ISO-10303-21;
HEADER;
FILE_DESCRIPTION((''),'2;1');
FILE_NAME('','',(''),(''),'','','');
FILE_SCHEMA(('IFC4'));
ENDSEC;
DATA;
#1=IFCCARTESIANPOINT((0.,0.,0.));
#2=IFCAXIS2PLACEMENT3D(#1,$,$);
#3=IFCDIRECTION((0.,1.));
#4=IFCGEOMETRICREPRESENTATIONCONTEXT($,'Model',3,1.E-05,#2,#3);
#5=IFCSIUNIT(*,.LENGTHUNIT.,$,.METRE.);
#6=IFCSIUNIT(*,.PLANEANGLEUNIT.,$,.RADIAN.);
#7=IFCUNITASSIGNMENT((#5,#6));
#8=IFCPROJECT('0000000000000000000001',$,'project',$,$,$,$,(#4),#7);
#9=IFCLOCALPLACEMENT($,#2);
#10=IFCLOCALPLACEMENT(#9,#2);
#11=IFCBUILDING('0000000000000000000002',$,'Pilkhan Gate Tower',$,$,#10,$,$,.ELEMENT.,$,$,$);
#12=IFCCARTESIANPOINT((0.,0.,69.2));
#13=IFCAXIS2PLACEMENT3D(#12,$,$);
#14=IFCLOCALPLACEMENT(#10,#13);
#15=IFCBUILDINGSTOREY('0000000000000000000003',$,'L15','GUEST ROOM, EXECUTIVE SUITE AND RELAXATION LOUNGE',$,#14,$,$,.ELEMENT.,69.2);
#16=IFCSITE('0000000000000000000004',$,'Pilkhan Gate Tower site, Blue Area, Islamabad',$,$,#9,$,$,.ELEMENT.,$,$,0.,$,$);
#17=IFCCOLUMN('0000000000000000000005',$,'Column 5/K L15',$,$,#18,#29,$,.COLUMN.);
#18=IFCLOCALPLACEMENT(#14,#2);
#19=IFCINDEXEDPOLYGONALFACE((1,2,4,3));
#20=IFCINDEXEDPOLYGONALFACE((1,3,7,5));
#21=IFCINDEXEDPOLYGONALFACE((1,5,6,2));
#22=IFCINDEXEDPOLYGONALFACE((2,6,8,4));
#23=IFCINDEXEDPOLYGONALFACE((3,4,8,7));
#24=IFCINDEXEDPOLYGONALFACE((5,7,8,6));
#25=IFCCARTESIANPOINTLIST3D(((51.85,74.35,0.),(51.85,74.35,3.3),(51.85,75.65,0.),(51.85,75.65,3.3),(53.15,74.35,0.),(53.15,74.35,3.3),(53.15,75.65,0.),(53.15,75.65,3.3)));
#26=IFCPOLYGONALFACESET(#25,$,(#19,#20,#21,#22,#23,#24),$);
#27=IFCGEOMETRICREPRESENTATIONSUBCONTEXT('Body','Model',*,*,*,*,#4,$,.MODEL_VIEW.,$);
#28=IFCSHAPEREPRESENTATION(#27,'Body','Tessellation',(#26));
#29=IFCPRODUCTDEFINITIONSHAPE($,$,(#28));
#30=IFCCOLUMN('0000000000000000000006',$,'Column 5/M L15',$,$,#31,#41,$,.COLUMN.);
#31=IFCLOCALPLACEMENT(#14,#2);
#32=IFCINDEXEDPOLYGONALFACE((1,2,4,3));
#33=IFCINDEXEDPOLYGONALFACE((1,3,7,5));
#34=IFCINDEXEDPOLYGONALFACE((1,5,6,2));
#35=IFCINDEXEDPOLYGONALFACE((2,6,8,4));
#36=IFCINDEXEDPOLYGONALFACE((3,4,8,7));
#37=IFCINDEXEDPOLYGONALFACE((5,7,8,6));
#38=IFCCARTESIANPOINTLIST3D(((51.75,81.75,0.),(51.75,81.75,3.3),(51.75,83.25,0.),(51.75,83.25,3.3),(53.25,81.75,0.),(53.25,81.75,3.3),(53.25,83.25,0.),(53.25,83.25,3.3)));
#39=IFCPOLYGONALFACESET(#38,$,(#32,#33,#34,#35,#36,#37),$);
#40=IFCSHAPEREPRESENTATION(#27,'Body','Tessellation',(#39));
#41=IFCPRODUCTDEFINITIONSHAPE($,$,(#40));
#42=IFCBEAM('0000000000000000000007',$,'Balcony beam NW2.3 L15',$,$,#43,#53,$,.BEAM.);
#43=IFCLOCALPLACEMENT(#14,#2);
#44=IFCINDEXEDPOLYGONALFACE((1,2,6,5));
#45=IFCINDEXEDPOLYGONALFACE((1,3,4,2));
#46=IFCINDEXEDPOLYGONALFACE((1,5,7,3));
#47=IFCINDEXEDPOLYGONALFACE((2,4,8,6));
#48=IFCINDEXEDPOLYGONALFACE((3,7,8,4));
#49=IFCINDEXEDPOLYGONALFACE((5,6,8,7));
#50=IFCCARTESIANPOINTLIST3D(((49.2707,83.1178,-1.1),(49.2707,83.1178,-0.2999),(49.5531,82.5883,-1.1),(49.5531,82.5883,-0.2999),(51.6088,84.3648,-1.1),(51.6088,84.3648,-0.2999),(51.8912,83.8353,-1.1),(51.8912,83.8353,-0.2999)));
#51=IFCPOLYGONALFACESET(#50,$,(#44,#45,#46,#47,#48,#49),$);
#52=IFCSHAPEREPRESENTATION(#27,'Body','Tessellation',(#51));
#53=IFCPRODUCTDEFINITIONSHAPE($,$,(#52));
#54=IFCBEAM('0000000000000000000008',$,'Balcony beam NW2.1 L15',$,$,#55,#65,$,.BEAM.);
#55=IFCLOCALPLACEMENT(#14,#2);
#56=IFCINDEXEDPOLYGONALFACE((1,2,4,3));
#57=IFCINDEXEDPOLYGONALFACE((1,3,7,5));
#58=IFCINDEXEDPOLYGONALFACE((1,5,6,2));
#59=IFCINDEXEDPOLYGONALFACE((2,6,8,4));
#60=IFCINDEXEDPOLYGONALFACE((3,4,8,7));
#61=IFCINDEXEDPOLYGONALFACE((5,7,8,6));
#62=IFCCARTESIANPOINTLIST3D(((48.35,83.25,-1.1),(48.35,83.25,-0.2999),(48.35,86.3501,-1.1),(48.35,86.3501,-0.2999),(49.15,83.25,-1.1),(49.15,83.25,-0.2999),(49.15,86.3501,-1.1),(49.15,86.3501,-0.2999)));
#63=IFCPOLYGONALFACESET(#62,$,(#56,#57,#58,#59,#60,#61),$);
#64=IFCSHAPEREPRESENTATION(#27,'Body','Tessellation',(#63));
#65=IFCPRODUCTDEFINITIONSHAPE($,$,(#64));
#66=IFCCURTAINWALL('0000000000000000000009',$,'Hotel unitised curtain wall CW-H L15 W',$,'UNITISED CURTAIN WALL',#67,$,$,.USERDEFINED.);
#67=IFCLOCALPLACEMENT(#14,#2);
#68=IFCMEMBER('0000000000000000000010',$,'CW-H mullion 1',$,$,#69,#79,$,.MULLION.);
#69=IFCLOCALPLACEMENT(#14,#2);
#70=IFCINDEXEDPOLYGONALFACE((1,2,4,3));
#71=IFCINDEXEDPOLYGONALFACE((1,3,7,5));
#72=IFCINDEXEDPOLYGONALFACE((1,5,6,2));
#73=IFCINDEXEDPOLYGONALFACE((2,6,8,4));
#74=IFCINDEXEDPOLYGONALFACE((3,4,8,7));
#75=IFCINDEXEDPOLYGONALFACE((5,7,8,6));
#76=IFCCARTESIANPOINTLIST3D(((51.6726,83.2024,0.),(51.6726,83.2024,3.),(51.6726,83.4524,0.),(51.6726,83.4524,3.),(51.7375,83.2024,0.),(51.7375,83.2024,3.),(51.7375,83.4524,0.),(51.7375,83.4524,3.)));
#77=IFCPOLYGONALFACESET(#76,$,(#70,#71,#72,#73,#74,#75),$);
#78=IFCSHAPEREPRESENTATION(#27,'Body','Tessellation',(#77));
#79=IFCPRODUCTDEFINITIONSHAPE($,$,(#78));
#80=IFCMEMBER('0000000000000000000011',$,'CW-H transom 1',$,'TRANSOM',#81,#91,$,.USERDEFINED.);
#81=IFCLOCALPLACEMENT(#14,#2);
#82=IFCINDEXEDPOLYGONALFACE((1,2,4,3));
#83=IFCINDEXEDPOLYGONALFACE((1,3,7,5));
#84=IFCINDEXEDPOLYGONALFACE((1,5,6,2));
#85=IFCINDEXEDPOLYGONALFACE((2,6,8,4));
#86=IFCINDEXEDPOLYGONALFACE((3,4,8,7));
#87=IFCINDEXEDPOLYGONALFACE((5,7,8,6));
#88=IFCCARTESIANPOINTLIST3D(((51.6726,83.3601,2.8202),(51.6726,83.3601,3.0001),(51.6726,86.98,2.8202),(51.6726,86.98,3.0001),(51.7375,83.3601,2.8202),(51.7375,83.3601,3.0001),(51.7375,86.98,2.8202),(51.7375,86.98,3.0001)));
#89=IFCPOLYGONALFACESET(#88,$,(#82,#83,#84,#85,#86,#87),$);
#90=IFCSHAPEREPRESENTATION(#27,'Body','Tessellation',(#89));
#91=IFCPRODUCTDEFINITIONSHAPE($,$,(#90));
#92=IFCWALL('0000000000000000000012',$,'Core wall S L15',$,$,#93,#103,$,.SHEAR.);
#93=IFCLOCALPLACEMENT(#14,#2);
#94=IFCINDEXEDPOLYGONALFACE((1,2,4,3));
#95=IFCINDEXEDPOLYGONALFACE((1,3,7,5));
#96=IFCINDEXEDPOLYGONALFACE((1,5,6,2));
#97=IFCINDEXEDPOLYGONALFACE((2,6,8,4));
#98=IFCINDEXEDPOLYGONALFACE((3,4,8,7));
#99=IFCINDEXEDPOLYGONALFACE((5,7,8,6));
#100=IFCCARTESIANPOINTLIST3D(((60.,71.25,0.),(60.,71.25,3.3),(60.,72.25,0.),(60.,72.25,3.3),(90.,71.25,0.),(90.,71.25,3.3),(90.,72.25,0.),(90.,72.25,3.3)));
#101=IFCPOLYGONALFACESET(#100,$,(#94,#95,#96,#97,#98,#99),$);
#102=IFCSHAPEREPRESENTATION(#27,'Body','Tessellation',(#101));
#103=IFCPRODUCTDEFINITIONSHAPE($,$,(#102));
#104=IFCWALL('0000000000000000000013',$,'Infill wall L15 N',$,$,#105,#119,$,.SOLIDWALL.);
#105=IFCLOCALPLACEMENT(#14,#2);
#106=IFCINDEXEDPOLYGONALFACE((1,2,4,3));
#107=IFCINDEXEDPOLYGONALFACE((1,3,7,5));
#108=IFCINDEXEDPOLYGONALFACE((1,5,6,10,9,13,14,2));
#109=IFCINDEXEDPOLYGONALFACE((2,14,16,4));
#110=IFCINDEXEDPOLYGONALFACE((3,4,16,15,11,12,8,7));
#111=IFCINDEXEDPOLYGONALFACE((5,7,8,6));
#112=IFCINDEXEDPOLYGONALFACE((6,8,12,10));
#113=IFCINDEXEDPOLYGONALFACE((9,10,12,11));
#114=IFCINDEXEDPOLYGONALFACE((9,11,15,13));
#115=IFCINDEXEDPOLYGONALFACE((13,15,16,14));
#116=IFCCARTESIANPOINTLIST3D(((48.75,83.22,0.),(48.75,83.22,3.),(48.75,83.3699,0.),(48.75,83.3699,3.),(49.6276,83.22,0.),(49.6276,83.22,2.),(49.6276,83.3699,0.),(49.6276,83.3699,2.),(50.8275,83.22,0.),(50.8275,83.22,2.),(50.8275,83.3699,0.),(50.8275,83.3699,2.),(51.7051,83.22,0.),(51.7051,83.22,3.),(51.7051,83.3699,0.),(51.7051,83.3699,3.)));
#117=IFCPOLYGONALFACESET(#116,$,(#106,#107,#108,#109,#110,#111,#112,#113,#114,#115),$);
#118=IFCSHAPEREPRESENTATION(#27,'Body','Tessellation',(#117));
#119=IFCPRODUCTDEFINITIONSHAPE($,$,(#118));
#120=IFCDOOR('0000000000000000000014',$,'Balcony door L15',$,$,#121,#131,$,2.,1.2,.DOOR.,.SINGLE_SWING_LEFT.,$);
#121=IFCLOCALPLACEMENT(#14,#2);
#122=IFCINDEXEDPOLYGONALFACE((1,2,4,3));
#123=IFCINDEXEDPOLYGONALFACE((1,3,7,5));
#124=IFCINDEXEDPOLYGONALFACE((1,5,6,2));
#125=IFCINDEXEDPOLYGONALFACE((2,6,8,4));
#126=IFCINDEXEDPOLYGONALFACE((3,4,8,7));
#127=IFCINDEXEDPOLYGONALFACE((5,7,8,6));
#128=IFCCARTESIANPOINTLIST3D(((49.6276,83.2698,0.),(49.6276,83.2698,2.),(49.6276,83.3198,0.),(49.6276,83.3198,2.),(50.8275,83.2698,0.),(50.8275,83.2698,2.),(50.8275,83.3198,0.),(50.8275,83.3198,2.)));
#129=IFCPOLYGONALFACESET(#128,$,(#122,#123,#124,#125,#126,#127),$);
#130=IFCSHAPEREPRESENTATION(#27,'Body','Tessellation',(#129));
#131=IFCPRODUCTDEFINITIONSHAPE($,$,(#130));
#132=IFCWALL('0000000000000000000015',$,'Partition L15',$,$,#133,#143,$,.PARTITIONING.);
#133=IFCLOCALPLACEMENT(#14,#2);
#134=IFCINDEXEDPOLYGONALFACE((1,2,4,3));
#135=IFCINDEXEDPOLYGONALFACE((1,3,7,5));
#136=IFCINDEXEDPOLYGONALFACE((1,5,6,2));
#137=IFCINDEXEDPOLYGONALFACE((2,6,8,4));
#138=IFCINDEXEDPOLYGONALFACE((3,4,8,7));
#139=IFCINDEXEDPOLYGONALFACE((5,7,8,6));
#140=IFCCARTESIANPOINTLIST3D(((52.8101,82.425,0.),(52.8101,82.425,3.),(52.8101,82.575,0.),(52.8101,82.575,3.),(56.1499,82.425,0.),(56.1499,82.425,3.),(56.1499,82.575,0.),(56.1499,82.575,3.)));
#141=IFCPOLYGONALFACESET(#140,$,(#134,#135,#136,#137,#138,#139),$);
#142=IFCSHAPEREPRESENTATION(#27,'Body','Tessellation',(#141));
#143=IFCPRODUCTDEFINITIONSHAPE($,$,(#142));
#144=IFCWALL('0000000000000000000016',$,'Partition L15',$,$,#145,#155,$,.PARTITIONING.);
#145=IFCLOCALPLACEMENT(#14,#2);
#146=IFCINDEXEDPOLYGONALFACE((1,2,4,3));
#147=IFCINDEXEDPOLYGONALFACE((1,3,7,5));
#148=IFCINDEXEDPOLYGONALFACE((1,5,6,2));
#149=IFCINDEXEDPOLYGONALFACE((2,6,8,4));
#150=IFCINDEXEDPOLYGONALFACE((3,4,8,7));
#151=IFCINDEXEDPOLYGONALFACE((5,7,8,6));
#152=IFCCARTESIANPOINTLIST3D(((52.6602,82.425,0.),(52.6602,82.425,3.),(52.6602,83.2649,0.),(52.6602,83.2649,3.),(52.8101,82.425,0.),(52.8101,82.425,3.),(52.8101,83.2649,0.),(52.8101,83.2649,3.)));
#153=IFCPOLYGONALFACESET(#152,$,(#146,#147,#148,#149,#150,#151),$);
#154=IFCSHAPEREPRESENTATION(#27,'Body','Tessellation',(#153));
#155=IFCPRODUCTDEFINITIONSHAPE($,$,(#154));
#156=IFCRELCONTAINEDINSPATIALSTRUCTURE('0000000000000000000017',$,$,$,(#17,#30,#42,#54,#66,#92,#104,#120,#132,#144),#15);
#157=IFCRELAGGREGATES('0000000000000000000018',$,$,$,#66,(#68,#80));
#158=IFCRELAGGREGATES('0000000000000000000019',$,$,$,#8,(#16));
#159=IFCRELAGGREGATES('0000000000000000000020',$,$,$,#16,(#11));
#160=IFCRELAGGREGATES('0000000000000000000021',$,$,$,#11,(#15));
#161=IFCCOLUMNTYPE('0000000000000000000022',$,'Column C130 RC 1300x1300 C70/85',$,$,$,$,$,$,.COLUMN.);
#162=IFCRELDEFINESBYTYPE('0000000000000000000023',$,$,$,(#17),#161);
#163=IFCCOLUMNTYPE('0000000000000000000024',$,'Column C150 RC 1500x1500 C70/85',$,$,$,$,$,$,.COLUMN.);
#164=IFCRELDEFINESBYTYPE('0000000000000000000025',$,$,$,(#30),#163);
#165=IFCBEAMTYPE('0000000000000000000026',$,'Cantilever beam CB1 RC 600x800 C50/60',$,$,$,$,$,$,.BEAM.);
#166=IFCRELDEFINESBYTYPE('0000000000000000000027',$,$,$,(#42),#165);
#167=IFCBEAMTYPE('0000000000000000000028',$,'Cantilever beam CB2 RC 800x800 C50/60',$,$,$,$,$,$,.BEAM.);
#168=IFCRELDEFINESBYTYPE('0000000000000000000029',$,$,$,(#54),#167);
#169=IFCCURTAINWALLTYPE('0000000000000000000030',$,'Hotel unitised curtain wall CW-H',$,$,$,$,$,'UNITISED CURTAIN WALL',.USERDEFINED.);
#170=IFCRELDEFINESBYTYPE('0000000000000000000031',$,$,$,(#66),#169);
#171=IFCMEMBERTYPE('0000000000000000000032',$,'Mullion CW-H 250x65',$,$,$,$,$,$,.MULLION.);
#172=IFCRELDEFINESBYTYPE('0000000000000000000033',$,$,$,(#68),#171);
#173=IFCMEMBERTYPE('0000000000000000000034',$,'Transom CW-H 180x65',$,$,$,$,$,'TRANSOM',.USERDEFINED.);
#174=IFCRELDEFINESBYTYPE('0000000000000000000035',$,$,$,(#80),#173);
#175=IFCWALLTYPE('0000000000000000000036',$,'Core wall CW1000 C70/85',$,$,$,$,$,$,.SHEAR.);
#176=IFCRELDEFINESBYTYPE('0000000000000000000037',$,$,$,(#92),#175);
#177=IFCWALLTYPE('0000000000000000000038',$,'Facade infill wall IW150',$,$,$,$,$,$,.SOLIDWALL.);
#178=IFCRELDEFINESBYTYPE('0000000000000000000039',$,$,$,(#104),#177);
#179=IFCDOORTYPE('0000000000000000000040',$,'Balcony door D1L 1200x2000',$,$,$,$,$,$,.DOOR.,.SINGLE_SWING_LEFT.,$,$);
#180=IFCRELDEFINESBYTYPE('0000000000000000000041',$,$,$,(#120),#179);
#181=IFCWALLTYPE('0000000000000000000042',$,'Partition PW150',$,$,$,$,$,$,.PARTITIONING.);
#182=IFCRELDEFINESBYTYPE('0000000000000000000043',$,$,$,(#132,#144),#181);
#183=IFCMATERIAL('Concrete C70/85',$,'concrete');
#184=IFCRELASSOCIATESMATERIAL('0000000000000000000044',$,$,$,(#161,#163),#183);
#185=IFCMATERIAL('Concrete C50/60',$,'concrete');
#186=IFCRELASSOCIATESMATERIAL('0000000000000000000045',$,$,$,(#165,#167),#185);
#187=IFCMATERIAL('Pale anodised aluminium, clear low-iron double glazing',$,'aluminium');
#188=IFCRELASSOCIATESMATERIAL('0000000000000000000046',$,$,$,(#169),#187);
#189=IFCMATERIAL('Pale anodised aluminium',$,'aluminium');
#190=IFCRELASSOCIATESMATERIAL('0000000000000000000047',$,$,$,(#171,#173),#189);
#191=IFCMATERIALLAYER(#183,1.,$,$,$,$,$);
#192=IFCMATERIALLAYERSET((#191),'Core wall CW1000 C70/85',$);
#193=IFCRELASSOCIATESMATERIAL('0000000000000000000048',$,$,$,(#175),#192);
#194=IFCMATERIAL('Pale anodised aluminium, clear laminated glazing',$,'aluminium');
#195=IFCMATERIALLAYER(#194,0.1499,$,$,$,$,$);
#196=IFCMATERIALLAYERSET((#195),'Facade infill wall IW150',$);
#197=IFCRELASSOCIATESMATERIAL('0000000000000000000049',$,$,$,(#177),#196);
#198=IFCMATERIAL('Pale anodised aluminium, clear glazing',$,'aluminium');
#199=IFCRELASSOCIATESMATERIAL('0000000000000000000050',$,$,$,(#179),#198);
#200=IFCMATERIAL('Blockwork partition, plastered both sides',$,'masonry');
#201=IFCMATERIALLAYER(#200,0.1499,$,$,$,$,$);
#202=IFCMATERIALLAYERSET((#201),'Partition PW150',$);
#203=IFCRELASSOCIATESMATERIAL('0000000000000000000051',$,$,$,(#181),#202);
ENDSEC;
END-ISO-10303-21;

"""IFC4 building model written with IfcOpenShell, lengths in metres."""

from ifc_helpers import new_model, si_unit, direction, frame, frame_2d, origin, origin_2d, place, context, subcontext, project, spatial, rectangle, extrude, material, layer, layer_set, material_profile, profile_set, type_object, element, fill, aggregate, save


model = new_model("IFC4")

# Units and contexts
model_context = context("Model", 3, precision=1e-05, world=origin(), true_north=direction((0.0, 1.0)))
body_context = subcontext(model_context, "Body", "Model", "MODEL_VIEW")
ifc_project = project(units=[si_unit("LENGTHUNIT", "METRE"), si_unit("PLANEANGLEUNIT", "RADIAN")], contexts=[model_context])

# Site, building, storey
site_placement = place(None, origin())
site = spatial("IfcSite", under=ifc_project, at=site_placement, Name="Pilkhan Gate Tower site, Blue Area, Islamabad", CompositionType="ELEMENT", RefElevation=0.0)
building_placement = place(site_placement, origin())
building = spatial("IfcBuilding", under=site, at=building_placement, Name="Pilkhan Gate Tower", CompositionType="ELEMENT")
storey_placement = place(building_placement, frame((0.0, 0.0, 69.2)))
storey = spatial("IfcBuildingStorey", under=building, at=storey_placement, Name="L15", Description="GUEST ROOM, EXECUTIVE SUITE AND RELAXATION LOUNGE", CompositionType="ELEMENT", Elevation=69.2)

# Columns
ifc_material_1 = material(Name="Concrete C70/85", Category="concrete")
ifc_material_profile_1 = material_profile(ifc_material_1, rectangle(XDim=1.3, YDim=1.3, at=origin_2d()), Name="RC 1300x1300")
ifc_profile_set_1 = profile_set([ifc_material_profile_1], Name="Concrete C70/85")
column_type_1 = type_object("IfcColumnType", Name="Column C130 RC 1300x1300 C70/85", PredefinedType="COLUMN", material=ifc_profile_set_1)
column_1_placement = place(storey_placement, frame((52.5, 75.0, 0.0), z_axis=(0.0, 0.0, 1.0), x_axis=(1.0, 0.0, 0.0)))
element("IfcColumn", 1, at=column_1_placement, inside=storey, type_object=column_type_1, Name="Column 5/K L15", PredefinedType="COLUMN", context=body_context, shape_type="SweptSolid", body=[
    extrude(rectangle(XDim=1.3, YDim=1.3, at=origin_2d()), origin(), (0.0, 0.0, 1.0), 3.3),
])
ifc_material_profile_2 = material_profile(ifc_material_1, rectangle(XDim=1.5, YDim=1.5, at=origin_2d()), Name="RC 1500x1500")
ifc_profile_set_2 = profile_set([ifc_material_profile_2], Name="Concrete C70/85")
column_type_2 = type_object("IfcColumnType", Name="Column C150 RC 1500x1500 C70/85", PredefinedType="COLUMN", material=ifc_profile_set_2)
column_2_placement = place(storey_placement, frame((52.5, 82.5, 0.0), z_axis=(0.0, 0.0, 1.0), x_axis=(1.0, 0.0, 0.0)))
element("IfcColumn", 2, at=column_2_placement, inside=storey, type_object=column_type_2, Name="Column 5/M L15", PredefinedType="COLUMN", context=body_context, shape_type="SweptSolid", body=[
    extrude(rectangle(XDim=1.5, YDim=1.5, at=origin_2d()), origin(), (0.0, 0.0, 1.0), 3.3),
])

# Beams
ifc_material_2 = material(Name="Concrete C50/60", Category="concrete")
ifc_material_profile_3 = material_profile(ifc_material_2, rectangle(XDim=0.6001, YDim=0.8, at=origin_2d()), Name="RC 600x800")
ifc_profile_set_3 = profile_set([ifc_material_profile_3], Name="Concrete C50/60")
beam_type_1 = type_object("IfcBeamType", Name="Cantilever beam CB1 RC 600x800 C50/60", PredefinedType="BEAM", material=ifc_profile_set_3)
beam_1_placement = place(storey_placement, frame((49.4119, 82.853, -0.7), z_axis=(0.882343, 0.470607, 0.0), x_axis=(-0.470607, 0.882343, 0.0)))
element("IfcBeam", 3, at=beam_1_placement, inside=storey, type_object=beam_type_1, Name="Balcony beam NW2.3 L15", PredefinedType="BEAM", context=body_context, shape_type="SweptSolid", body=[
    extrude(rectangle(XDim=0.6001, YDim=0.8, at=origin_2d()), origin(), (0.0, 0.0, 1.0), 2.6499),
])
ifc_material_profile_4 = material_profile(ifc_material_2, rectangle(XDim=0.8, YDim=0.8, at=origin_2d()), Name="RC 800x800")
ifc_profile_set_4 = profile_set([ifc_material_profile_4], Name="Concrete C50/60")
beam_type_2 = type_object("IfcBeamType", Name="Cantilever beam CB2 RC 800x800 C50/60", PredefinedType="BEAM", material=ifc_profile_set_4)
beam_2_placement = place(storey_placement, frame((48.75, 83.25, -0.7), z_axis=(0.0, 1.0, 0.0), x_axis=(-1.0, 0.0, 0.0)))
element("IfcBeam", 4, at=beam_2_placement, inside=storey, type_object=beam_type_2, Name="Balcony beam NW2.1 L15", PredefinedType="BEAM", context=body_context, shape_type="SweptSolid", body=[
    extrude(rectangle(XDim=0.8, YDim=0.8, at=origin_2d()), origin(), (0.0, 0.0, 1.0), 3.1001),
])

# Curtain wall, members
ifc_material_3 = material(Name="Pale anodised aluminium, clear low-iron double glazing", Category="aluminium")
curtain_wall_type = type_object("IfcCurtainWallType", Name="Hotel unitised curtain wall CW-H", ElementType="UNITISED CURTAIN WALL", PredefinedType="USERDEFINED", material=ifc_material_3)
curtain_wall_placement = place(storey_placement, origin())
curtain_wall = element("IfcCurtainWall", 5, at=curtain_wall_placement, inside=storey, type_object=curtain_wall_type, Name="Hotel unitised curtain wall CW-H L15 W", ObjectType="UNITISED CURTAIN WALL", PredefinedType="USERDEFINED")
ifc_material_4 = material(Name="Pale anodised aluminium", Category="aluminium")
ifc_material_profile_5 = material_profile(ifc_material_4, rectangle(XDim=0.0649, YDim=0.25, at=origin_2d()), Name="Mullion 250x65")
ifc_profile_set_5 = profile_set([ifc_material_profile_5], Name="Pale anodised aluminium")
member_type_1 = type_object("IfcMemberType", Name="Mullion CW-H 250x65", PredefinedType="MULLION", material=ifc_profile_set_5)
member_1_placement = place(storey_placement, frame((51.7051, 83.3274, 0.0), z_axis=(0.0, 0.0, 1.0), x_axis=(-1.0, 0.0, 0.0)))
member_1 = element("IfcMember", 6, at=member_1_placement, type_object=member_type_1, Name="CW-H mullion 1", PredefinedType="MULLION", context=body_context, shape_type="SweptSolid", body=[
    extrude(rectangle(XDim=0.0649, YDim=0.25, at=origin_2d()), origin(), (0.0, 0.0, 1.0), 3.0),
])
ifc_material_profile_6 = material_profile(ifc_material_4, rectangle(XDim=0.0649, YDim=0.1799, at=origin_2d()), Name="Transom 180x65")
ifc_profile_set_6 = profile_set([ifc_material_profile_6], Name="Pale anodised aluminium")
member_type_2 = type_object("IfcMemberType", Name="Transom CW-H 180x65", ElementType="TRANSOM", PredefinedType="USERDEFINED", material=ifc_profile_set_6)
member_2_placement = place(storey_placement, frame((51.7051, 83.3601, 2.9102), z_axis=(0.0, 1.0, 0.0), x_axis=(-1.0, 0.0, 0.0)))
member_2 = element("IfcMember", 7, at=member_2_placement, type_object=member_type_2, Name="CW-H transom 1", ObjectType="TRANSOM", PredefinedType="USERDEFINED", context=body_context, shape_type="SweptSolid", body=[
    extrude(rectangle(XDim=0.0649, YDim=0.1799, at=origin_2d()), origin(), (0.0, 0.0, 1.0), 3.6199),
])
aggregate(curtain_wall, [member_1, member_2])

# Wall
ifc_layer_1 = layer(ifc_material_1, 1.0)
ifc_layer_set_1 = layer_set([ifc_layer_1], Name="Core wall CW1000 C70/85")
wall_type_1 = type_object("IfcWallType", Name="Core wall CW1000 C70/85", PredefinedType="SHEAR", material=ifc_layer_set_1)
wall_1_placement = place(storey_placement, frame((60.0, 71.75, 0.0), z_axis=(0.0, 0.0, 1.0), x_axis=(1.0, 0.0, 0.0)))
element("IfcWall", 8, at=wall_1_placement, inside=storey, type_object=wall_type_1, Name="Core wall S L15", PredefinedType="SHEAR", context=body_context, shape_type="SweptSolid", body=[
    extrude(rectangle(XDim=30.0, YDim=1.0, at=frame_2d((15.0, 0.0))), origin(), (0.0, 0.0, 1.0), 3.3),
])

# Wall, opening, door
ifc_material_5 = material(Name="Pale anodised aluminium, clear laminated glazing", Category="aluminium")
ifc_layer_2 = layer(ifc_material_5, 0.1499)
ifc_layer_set_2 = layer_set([ifc_layer_2], Name="Facade infill wall IW150")
wall_type_2 = type_object("IfcWallType", Name="Facade infill wall IW150", PredefinedType="SOLIDWALL", material=ifc_layer_set_2)
wall_2_placement = place(storey_placement, frame((48.75, 83.2949, 0.0), z_axis=(0.0, 0.0, 1.0), x_axis=(1.0, 0.0, 0.0)))
wall_2 = element("IfcWall", 9, at=wall_2_placement, inside=storey, type_object=wall_type_2, Name="Infill wall L15 N", PredefinedType="SOLIDWALL", context=body_context, shape_type="SweptSolid", body=[
    extrude(rectangle(XDim=2.9551, YDim=0.1499, at=frame_2d((1.4775, 0.0))), origin(), (0.0, 0.0, 1.0), 3.0),
])
opening_1_placement = place(wall_2_placement, frame((0.8774, 0.0, 0.0)))
opening_1 = element("IfcOpeningElement", 10, at=opening_1_placement, cuts=wall_2, PredefinedType="OPENING", context=body_context, shape_type="SweptSolid", body=[
    extrude(rectangle(XDim=1.2, YDim=2.0, at=frame_2d((0.6001, 1.0))), frame((0.0, 0.085, 0.0), z_axis=(0.0, -1.0, 0.0), x_axis=(1.0, 0.0, 0.0)), (0.0, 0.0, 1.0), 0.1699),
])
ifc_material_6 = material(Name="Pale anodised aluminium, clear glazing", Category="aluminium")
door_type_1 = type_object("IfcDoorType", Name="Balcony door D1L 1200x2000", OperationType="SINGLE_SWING_LEFT", PredefinedType="DOOR", material=ifc_material_6)
door_1_placement = place(opening_1_placement, origin())
door_1 = element("IfcDoor", 11, at=door_1_placement, inside=storey, type_object=door_type_1, Name="Balcony door L15", OperationType="SINGLE_SWING_LEFT", OverallHeight=2.0, OverallWidth=1.2, PredefinedType="DOOR", context=body_context, shape_type="SweptSolid", body=[
    extrude(rectangle(XDim=1.2, YDim=2.0, at=frame_2d((0.6001, 1.0))), frame((0.0, 0.0249, 0.0), z_axis=(0.0, -1.0, 0.0), x_axis=(1.0, 0.0, 0.0)), (0.0, 0.0, 1.0), 0.05),
])
fill(opening_1, door_1)

# Walls
ifc_material_7 = material(Name="Blockwork partition, plastered both sides", Category="masonry")
ifc_layer_3 = layer(ifc_material_7, 0.1499)
ifc_layer_set_3 = layer_set([ifc_layer_3], Name="Partition PW150")
wall_type_3 = type_object("IfcWallType", Name="Partition PW150", PredefinedType="PARTITIONING", material=ifc_layer_set_3)
wall_3_placement = place(storey_placement, frame((52.8101, 82.5, 0.0), z_axis=(0.0, 0.0, 1.0), x_axis=(1.0, 0.0, 0.0)))
element("IfcWall", 12, at=wall_3_placement, inside=storey, type_object=wall_type_3, Name="Partition L15", PredefinedType="PARTITIONING", context=body_context, shape_type="SweptSolid", body=[
    extrude(rectangle(XDim=3.3398, YDim=0.1499, at=frame_2d((1.6699, 0.0))), origin(), (0.0, 0.0, 1.0), 3.0),
])
wall_4_placement = place(storey_placement, frame((52.7351, 82.425, 0.0), z_axis=(0.0, 0.0, 1.0), x_axis=(0.0, 1.0, 0.0)))
element("IfcWall", 13, at=wall_4_placement, inside=storey, type_object=wall_type_3, Name="Partition L15", PredefinedType="PARTITIONING", context=body_context, shape_type="SweptSolid", body=[
    extrude(rectangle(XDim=0.8398, YDim=0.1499, at=frame_2d((0.4199, 0.0))), origin(), (0.0, 0.0, 1.0), 3.0),
])

save(model, "model.ifc")
